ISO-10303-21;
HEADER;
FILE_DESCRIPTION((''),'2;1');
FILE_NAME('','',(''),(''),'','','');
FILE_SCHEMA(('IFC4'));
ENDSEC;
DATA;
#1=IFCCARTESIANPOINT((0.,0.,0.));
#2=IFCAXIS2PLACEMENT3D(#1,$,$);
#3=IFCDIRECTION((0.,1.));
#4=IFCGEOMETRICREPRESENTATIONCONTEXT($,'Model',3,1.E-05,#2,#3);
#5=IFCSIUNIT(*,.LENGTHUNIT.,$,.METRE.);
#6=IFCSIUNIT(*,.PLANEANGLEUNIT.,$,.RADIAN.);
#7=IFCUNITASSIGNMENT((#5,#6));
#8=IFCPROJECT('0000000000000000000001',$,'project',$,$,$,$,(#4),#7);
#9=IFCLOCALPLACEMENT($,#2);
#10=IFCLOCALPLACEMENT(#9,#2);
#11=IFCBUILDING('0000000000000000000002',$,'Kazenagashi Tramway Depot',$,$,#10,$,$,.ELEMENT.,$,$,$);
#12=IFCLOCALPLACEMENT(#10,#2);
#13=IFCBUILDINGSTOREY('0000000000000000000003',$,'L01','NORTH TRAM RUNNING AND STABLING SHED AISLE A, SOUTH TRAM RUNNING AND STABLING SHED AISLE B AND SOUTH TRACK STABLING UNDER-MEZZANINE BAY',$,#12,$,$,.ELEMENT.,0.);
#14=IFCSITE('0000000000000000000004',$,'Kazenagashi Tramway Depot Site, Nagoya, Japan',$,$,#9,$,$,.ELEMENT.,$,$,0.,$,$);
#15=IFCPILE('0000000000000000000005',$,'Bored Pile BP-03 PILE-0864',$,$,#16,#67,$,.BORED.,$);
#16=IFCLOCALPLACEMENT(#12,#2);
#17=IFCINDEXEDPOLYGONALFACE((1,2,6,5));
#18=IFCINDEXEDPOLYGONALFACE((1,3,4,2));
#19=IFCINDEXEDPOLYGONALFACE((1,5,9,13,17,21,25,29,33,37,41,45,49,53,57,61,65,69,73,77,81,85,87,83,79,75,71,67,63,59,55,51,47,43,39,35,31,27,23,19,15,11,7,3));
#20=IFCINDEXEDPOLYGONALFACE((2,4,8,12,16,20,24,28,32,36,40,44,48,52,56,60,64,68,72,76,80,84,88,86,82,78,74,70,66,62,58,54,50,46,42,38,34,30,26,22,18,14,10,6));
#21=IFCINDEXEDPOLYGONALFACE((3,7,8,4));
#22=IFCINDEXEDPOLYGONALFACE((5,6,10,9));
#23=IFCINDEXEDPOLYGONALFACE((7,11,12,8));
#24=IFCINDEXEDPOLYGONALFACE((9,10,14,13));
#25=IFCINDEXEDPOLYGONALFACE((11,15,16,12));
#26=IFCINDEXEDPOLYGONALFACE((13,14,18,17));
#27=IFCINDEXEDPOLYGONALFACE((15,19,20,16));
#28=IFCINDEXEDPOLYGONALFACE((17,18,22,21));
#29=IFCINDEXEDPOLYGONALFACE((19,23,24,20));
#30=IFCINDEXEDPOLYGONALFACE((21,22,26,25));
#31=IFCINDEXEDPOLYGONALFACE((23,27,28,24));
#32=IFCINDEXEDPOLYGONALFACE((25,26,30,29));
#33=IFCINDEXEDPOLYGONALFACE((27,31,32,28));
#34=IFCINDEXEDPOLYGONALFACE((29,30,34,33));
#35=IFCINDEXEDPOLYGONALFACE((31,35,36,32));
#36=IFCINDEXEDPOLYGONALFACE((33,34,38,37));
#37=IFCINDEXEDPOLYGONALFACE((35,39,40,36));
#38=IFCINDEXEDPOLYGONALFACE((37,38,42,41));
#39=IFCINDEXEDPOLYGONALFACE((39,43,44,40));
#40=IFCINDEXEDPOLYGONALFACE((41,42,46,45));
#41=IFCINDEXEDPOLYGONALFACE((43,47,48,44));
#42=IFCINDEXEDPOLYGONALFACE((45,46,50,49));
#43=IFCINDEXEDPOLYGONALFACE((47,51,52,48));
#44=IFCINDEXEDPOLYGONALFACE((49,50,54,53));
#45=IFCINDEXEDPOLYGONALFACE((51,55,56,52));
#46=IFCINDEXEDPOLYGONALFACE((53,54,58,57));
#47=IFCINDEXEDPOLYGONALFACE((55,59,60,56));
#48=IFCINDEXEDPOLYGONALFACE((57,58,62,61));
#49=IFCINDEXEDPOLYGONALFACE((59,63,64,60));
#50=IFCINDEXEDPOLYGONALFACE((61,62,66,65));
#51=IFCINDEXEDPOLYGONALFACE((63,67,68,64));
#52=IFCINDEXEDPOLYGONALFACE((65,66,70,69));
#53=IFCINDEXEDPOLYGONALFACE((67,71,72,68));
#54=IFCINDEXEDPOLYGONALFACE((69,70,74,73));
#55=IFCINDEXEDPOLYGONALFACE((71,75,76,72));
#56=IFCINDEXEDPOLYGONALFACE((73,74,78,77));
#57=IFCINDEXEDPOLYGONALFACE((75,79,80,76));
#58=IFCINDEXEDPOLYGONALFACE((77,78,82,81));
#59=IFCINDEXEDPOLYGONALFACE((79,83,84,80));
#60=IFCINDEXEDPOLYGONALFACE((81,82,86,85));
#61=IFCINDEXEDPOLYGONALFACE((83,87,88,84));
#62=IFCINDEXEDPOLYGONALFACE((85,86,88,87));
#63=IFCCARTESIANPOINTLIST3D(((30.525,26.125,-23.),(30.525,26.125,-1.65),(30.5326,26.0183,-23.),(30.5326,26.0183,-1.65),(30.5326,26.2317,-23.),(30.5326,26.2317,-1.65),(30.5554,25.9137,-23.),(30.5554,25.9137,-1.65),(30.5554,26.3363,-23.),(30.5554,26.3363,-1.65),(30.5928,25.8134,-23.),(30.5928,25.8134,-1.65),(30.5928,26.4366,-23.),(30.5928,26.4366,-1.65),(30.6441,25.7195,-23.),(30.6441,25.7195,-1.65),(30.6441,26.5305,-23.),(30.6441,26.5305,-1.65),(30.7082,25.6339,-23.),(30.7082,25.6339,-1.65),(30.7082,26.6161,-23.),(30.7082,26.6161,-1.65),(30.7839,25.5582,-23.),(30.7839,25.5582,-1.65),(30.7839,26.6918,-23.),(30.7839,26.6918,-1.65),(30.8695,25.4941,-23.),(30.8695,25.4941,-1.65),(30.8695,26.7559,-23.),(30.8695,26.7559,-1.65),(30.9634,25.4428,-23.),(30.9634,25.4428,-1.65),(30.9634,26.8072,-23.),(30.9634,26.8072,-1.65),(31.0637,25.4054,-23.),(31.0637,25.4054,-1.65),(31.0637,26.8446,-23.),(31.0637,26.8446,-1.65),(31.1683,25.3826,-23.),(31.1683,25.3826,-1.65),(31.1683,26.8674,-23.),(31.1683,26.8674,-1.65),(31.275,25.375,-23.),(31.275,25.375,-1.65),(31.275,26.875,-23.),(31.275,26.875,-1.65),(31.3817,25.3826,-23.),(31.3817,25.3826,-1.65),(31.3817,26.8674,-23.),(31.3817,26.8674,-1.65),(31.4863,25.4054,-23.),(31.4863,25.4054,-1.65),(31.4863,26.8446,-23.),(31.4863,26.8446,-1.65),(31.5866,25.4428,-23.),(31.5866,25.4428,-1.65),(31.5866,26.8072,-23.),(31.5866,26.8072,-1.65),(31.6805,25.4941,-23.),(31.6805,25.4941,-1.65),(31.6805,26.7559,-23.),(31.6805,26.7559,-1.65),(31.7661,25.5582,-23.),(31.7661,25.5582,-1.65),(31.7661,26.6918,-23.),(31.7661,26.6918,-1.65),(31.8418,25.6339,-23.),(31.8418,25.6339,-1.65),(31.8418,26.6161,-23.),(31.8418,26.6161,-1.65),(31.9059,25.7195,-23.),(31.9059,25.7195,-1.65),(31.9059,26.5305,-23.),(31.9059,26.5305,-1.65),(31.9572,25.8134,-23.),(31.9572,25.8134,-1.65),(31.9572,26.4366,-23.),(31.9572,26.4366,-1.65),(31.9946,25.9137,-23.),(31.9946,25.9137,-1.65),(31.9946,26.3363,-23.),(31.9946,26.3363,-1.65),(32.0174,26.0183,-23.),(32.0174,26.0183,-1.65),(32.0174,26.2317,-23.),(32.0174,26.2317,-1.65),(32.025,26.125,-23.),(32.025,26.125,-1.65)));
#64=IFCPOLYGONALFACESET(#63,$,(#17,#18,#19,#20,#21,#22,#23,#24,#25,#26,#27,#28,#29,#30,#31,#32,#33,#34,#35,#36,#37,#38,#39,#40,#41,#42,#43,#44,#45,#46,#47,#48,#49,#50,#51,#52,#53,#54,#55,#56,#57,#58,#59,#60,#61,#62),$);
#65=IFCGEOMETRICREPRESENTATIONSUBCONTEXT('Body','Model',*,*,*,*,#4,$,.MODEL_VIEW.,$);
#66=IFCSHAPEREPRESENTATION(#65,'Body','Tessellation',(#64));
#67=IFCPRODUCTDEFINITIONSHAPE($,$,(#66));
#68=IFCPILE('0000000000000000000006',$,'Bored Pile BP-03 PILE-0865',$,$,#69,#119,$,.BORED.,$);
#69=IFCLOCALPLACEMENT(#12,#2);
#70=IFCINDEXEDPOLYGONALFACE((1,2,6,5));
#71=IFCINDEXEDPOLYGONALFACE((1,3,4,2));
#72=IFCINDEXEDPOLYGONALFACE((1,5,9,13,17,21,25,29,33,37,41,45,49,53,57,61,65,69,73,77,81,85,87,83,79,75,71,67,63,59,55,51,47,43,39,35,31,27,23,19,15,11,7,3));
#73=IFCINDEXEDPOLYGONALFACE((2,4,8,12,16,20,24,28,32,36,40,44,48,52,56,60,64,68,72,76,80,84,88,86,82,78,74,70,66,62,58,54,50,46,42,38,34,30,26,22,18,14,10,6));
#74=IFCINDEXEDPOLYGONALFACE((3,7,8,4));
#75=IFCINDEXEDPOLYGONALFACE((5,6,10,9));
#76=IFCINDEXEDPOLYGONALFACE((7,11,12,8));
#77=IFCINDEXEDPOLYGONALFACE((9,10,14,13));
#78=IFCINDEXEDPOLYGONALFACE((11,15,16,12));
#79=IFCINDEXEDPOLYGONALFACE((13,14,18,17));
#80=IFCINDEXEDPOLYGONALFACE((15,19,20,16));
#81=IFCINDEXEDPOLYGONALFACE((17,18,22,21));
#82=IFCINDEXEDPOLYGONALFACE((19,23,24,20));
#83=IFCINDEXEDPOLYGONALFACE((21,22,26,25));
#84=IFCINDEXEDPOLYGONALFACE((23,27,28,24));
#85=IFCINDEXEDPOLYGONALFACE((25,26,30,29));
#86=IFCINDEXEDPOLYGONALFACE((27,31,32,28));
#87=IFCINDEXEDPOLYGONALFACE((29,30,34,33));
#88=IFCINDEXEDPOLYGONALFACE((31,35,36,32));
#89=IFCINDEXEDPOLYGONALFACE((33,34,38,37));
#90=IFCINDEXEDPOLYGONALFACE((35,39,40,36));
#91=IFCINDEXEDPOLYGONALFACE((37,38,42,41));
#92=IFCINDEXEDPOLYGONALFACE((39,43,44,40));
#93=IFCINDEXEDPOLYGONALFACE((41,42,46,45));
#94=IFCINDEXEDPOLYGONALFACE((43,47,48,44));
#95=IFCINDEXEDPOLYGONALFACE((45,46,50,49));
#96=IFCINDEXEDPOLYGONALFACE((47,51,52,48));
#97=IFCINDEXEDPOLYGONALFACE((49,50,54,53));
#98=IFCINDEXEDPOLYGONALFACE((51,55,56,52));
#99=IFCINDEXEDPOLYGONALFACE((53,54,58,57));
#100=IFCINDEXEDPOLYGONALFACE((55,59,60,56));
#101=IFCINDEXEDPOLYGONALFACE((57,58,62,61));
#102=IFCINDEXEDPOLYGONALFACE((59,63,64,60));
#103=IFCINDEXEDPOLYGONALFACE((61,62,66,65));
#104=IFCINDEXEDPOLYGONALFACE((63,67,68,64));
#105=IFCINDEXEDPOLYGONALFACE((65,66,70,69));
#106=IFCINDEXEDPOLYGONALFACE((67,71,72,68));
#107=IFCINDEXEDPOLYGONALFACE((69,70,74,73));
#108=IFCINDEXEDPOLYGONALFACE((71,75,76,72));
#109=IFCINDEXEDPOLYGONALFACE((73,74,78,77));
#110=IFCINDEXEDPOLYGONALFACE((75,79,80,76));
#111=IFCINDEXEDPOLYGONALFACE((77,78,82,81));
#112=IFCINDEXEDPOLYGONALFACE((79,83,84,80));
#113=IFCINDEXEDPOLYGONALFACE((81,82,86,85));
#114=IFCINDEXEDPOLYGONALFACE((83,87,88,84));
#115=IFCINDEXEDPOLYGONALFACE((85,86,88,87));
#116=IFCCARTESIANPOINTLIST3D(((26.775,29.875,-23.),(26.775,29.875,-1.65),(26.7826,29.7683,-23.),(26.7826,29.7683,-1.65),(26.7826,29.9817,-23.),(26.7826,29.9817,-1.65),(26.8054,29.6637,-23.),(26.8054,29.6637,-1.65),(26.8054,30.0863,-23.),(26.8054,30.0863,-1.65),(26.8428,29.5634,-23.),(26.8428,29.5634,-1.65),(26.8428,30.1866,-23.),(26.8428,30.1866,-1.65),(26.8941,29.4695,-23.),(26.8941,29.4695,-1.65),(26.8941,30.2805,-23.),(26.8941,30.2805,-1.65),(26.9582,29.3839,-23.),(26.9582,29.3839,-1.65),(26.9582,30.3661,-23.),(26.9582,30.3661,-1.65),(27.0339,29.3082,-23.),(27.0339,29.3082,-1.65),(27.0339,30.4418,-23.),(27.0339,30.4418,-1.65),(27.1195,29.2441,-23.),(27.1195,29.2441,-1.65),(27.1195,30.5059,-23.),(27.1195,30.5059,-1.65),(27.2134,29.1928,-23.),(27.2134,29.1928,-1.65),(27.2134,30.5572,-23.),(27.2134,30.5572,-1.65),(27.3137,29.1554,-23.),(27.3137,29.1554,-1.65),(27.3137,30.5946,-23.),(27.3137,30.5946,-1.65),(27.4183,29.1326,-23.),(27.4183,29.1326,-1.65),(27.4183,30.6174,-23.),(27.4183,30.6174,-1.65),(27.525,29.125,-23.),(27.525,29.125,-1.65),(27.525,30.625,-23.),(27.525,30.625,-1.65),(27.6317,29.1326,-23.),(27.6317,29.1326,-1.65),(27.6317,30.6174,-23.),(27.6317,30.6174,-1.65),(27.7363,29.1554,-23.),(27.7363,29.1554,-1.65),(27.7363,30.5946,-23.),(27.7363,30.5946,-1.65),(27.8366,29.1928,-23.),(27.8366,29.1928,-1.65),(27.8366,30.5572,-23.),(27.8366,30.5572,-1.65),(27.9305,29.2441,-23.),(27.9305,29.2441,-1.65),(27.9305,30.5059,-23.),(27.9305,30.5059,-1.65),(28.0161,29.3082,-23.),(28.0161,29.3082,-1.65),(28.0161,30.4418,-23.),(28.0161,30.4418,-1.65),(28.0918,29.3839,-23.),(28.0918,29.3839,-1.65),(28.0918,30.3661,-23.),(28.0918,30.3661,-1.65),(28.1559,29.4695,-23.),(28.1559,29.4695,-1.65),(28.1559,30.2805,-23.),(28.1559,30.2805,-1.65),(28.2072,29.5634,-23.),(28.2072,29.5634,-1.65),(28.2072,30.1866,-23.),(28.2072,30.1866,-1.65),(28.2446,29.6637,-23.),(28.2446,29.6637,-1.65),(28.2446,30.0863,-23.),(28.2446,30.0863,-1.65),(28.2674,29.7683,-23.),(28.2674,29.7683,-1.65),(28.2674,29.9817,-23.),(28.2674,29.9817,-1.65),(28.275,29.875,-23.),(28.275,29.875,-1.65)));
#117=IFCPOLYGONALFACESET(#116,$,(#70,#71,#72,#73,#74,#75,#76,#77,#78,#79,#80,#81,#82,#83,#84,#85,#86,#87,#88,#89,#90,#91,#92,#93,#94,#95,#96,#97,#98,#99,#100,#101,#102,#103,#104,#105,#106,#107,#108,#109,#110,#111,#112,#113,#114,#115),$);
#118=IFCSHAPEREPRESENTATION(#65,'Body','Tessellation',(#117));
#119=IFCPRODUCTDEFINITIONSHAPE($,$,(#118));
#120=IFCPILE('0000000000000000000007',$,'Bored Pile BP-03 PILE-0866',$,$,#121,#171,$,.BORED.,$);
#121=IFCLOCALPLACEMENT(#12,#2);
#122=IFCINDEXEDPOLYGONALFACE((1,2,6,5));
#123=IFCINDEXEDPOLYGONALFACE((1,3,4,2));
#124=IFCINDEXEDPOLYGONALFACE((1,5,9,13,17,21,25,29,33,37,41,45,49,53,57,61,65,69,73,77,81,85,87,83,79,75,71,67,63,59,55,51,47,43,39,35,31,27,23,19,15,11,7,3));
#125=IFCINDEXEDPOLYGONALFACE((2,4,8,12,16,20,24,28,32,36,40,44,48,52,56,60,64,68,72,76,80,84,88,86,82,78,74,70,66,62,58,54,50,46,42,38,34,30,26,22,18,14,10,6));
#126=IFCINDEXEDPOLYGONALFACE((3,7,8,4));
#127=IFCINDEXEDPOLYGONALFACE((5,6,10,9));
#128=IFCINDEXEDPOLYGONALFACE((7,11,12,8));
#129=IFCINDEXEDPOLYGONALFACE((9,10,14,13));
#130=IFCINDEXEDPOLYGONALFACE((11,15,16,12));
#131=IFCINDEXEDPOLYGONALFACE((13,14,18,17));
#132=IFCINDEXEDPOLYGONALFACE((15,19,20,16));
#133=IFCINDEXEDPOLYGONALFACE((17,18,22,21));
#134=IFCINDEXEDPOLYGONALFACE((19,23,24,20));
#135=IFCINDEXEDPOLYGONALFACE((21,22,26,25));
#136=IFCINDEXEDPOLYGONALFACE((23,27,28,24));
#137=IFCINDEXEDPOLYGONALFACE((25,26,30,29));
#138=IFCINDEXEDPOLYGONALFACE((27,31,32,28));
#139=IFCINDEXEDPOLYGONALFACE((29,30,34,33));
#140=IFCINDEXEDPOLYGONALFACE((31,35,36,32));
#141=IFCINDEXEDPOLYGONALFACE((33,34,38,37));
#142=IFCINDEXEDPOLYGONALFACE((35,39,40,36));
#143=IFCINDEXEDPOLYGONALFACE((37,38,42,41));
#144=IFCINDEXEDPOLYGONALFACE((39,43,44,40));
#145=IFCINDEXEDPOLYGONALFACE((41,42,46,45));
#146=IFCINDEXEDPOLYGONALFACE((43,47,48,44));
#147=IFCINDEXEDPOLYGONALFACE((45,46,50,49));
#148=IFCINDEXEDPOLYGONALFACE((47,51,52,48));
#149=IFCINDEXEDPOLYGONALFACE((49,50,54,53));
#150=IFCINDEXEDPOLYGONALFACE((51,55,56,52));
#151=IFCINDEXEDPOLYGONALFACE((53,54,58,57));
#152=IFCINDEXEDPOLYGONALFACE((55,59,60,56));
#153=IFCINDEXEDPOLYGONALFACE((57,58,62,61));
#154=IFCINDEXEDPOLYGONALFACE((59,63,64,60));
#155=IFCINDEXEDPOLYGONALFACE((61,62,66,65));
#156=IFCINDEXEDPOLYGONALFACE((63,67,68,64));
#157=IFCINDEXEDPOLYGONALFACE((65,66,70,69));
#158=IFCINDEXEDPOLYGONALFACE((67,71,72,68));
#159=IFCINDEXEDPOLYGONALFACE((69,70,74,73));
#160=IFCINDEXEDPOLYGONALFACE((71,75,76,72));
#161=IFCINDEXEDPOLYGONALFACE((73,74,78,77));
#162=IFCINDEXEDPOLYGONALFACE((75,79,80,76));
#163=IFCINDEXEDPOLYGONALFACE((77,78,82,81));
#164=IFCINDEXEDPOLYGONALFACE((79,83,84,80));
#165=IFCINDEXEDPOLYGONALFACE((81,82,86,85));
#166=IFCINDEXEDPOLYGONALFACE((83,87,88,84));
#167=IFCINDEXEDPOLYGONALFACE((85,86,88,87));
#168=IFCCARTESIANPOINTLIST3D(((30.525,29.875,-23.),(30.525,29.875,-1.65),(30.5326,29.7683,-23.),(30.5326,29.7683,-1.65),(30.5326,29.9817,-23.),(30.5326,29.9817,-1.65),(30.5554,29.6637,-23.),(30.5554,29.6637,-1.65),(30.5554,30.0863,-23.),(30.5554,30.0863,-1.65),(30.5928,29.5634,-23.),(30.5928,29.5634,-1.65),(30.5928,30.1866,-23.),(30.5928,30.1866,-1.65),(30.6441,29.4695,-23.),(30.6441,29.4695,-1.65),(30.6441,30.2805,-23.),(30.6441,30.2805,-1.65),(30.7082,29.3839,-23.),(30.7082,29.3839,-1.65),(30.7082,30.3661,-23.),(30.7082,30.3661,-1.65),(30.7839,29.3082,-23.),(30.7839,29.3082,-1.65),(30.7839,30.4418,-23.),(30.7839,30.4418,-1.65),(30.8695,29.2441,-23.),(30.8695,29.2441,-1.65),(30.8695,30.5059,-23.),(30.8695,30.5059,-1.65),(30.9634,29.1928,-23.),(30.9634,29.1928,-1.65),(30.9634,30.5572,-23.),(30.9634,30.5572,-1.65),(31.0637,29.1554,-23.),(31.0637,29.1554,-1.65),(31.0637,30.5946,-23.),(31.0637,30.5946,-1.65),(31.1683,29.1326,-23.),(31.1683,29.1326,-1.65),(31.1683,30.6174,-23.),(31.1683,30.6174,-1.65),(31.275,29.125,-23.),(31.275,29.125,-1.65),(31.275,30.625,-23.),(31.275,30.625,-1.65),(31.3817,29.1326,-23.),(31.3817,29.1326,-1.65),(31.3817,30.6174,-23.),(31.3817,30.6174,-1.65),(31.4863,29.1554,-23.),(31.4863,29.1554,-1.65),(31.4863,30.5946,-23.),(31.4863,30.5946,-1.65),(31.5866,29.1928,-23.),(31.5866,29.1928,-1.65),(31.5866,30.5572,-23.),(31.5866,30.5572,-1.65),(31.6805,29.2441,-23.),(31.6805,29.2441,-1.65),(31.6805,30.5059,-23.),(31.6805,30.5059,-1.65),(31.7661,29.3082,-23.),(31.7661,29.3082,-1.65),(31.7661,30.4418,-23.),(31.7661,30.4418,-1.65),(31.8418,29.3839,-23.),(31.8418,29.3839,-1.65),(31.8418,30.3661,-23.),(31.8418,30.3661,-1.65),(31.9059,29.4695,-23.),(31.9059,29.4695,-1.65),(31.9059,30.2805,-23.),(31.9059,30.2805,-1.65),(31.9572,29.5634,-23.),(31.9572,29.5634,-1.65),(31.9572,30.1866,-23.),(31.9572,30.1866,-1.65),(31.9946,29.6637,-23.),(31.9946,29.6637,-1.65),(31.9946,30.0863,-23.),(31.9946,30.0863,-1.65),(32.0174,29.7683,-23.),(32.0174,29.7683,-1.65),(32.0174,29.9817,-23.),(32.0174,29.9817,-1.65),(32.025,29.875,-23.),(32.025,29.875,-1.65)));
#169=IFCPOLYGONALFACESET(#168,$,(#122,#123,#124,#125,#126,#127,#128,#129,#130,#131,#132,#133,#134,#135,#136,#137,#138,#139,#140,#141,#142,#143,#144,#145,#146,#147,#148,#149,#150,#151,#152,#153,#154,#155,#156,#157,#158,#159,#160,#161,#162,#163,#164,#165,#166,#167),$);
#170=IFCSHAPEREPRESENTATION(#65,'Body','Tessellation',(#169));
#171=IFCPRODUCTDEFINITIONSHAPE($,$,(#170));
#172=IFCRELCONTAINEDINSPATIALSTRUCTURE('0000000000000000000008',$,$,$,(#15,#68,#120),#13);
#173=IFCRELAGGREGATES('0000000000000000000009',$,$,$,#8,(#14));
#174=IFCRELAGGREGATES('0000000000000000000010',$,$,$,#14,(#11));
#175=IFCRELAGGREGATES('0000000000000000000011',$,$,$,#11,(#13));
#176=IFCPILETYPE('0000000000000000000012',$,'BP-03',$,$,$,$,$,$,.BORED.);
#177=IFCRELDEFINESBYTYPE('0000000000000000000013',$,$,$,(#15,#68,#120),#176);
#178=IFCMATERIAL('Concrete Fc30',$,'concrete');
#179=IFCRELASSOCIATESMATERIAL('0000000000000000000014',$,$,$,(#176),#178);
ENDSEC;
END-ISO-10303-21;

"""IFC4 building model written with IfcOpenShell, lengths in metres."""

from ifc_helpers import new_model, si_unit, direction, frame, origin, origin_2d, place, context, subcontext, project, spatial, circle, extrude, material, material_profile, profile_set, type_object, element, save


model = new_model("IFC4")

# Units and contexts
model_context = context("Model", 3, precision=1e-05, world=origin(), true_north=direction((0.0, 1.0)))
body_context = subcontext(model_context, "Body", "Model", "MODEL_VIEW")
ifc_project = project(units=[si_unit("LENGTHUNIT", "METRE"), si_unit("PLANEANGLEUNIT", "RADIAN")], contexts=[model_context])

# Site, building, storey
site_placement = place(None, origin())
site = spatial("IfcSite", under=ifc_project, at=site_placement, Name="Kazenagashi Tramway Depot Site, Nagoya, Japan", CompositionType="ELEMENT", RefElevation=0.0)
building_placement = place(site_placement, origin())
building = spatial("IfcBuilding", under=site, at=building_placement, Name="Kazenagashi Tramway Depot", CompositionType="ELEMENT")
storey_placement = place(building_placement, origin())
storey = spatial("IfcBuildingStorey", under=building, at=storey_placement, Name="L01", Description="NORTH TRAM RUNNING AND STABLING SHED AISLE A, SOUTH TRAM RUNNING AND STABLING SHED AISLE B AND SOUTH TRACK STABLING UNDER-MEZZANINE BAY", CompositionType="ELEMENT", Elevation=0.0)

# Piles
ifc_material_1 = material(Name="Concrete Fc30", Category="concrete")
ifc_material_profile_1 = material_profile(ifc_material_1, circle(Radius=0.75, at=origin_2d()), Name="PILE-1500")
ifc_profile_set_1 = profile_set([ifc_material_profile_1], Name="Concrete Fc30")
pile_type = type_object("IfcPileType", Name="BP-03", PredefinedType="BORED", material=ifc_profile_set_1)
for number, where, z_axis, x_axis, name in (
    (1, (31.275, 26.125, -1.65), (0.0, 0.0, -1.0), (1.0, 0.0, 0.0), "Bored Pile BP-03 PILE-0864"),
    (2, (27.525, 29.875, -1.65), (0.0, 0.0, -1.0), (1.0, 0.0, 0.0), "Bored Pile BP-03 PILE-0865"),
    (3, (31.275, 29.875, -1.65), (0.0, 0.0, -1.0), (1.0, 0.0, 0.0), "Bored Pile BP-03 PILE-0866"),
):
    element("IfcPile", number, at=place(storey_placement, frame(where, z_axis=z_axis, x_axis=x_axis)), inside=storey, type_object=pile_type, Name=name, PredefinedType="BORED", context=body_context, shape_type="SweptSolid", body=[
        extrude(circle(Radius=0.75, at=origin_2d()), origin(), (0.0, 0.0, 1.0), 21.35),
    ])

save(model, "model.ifc")
